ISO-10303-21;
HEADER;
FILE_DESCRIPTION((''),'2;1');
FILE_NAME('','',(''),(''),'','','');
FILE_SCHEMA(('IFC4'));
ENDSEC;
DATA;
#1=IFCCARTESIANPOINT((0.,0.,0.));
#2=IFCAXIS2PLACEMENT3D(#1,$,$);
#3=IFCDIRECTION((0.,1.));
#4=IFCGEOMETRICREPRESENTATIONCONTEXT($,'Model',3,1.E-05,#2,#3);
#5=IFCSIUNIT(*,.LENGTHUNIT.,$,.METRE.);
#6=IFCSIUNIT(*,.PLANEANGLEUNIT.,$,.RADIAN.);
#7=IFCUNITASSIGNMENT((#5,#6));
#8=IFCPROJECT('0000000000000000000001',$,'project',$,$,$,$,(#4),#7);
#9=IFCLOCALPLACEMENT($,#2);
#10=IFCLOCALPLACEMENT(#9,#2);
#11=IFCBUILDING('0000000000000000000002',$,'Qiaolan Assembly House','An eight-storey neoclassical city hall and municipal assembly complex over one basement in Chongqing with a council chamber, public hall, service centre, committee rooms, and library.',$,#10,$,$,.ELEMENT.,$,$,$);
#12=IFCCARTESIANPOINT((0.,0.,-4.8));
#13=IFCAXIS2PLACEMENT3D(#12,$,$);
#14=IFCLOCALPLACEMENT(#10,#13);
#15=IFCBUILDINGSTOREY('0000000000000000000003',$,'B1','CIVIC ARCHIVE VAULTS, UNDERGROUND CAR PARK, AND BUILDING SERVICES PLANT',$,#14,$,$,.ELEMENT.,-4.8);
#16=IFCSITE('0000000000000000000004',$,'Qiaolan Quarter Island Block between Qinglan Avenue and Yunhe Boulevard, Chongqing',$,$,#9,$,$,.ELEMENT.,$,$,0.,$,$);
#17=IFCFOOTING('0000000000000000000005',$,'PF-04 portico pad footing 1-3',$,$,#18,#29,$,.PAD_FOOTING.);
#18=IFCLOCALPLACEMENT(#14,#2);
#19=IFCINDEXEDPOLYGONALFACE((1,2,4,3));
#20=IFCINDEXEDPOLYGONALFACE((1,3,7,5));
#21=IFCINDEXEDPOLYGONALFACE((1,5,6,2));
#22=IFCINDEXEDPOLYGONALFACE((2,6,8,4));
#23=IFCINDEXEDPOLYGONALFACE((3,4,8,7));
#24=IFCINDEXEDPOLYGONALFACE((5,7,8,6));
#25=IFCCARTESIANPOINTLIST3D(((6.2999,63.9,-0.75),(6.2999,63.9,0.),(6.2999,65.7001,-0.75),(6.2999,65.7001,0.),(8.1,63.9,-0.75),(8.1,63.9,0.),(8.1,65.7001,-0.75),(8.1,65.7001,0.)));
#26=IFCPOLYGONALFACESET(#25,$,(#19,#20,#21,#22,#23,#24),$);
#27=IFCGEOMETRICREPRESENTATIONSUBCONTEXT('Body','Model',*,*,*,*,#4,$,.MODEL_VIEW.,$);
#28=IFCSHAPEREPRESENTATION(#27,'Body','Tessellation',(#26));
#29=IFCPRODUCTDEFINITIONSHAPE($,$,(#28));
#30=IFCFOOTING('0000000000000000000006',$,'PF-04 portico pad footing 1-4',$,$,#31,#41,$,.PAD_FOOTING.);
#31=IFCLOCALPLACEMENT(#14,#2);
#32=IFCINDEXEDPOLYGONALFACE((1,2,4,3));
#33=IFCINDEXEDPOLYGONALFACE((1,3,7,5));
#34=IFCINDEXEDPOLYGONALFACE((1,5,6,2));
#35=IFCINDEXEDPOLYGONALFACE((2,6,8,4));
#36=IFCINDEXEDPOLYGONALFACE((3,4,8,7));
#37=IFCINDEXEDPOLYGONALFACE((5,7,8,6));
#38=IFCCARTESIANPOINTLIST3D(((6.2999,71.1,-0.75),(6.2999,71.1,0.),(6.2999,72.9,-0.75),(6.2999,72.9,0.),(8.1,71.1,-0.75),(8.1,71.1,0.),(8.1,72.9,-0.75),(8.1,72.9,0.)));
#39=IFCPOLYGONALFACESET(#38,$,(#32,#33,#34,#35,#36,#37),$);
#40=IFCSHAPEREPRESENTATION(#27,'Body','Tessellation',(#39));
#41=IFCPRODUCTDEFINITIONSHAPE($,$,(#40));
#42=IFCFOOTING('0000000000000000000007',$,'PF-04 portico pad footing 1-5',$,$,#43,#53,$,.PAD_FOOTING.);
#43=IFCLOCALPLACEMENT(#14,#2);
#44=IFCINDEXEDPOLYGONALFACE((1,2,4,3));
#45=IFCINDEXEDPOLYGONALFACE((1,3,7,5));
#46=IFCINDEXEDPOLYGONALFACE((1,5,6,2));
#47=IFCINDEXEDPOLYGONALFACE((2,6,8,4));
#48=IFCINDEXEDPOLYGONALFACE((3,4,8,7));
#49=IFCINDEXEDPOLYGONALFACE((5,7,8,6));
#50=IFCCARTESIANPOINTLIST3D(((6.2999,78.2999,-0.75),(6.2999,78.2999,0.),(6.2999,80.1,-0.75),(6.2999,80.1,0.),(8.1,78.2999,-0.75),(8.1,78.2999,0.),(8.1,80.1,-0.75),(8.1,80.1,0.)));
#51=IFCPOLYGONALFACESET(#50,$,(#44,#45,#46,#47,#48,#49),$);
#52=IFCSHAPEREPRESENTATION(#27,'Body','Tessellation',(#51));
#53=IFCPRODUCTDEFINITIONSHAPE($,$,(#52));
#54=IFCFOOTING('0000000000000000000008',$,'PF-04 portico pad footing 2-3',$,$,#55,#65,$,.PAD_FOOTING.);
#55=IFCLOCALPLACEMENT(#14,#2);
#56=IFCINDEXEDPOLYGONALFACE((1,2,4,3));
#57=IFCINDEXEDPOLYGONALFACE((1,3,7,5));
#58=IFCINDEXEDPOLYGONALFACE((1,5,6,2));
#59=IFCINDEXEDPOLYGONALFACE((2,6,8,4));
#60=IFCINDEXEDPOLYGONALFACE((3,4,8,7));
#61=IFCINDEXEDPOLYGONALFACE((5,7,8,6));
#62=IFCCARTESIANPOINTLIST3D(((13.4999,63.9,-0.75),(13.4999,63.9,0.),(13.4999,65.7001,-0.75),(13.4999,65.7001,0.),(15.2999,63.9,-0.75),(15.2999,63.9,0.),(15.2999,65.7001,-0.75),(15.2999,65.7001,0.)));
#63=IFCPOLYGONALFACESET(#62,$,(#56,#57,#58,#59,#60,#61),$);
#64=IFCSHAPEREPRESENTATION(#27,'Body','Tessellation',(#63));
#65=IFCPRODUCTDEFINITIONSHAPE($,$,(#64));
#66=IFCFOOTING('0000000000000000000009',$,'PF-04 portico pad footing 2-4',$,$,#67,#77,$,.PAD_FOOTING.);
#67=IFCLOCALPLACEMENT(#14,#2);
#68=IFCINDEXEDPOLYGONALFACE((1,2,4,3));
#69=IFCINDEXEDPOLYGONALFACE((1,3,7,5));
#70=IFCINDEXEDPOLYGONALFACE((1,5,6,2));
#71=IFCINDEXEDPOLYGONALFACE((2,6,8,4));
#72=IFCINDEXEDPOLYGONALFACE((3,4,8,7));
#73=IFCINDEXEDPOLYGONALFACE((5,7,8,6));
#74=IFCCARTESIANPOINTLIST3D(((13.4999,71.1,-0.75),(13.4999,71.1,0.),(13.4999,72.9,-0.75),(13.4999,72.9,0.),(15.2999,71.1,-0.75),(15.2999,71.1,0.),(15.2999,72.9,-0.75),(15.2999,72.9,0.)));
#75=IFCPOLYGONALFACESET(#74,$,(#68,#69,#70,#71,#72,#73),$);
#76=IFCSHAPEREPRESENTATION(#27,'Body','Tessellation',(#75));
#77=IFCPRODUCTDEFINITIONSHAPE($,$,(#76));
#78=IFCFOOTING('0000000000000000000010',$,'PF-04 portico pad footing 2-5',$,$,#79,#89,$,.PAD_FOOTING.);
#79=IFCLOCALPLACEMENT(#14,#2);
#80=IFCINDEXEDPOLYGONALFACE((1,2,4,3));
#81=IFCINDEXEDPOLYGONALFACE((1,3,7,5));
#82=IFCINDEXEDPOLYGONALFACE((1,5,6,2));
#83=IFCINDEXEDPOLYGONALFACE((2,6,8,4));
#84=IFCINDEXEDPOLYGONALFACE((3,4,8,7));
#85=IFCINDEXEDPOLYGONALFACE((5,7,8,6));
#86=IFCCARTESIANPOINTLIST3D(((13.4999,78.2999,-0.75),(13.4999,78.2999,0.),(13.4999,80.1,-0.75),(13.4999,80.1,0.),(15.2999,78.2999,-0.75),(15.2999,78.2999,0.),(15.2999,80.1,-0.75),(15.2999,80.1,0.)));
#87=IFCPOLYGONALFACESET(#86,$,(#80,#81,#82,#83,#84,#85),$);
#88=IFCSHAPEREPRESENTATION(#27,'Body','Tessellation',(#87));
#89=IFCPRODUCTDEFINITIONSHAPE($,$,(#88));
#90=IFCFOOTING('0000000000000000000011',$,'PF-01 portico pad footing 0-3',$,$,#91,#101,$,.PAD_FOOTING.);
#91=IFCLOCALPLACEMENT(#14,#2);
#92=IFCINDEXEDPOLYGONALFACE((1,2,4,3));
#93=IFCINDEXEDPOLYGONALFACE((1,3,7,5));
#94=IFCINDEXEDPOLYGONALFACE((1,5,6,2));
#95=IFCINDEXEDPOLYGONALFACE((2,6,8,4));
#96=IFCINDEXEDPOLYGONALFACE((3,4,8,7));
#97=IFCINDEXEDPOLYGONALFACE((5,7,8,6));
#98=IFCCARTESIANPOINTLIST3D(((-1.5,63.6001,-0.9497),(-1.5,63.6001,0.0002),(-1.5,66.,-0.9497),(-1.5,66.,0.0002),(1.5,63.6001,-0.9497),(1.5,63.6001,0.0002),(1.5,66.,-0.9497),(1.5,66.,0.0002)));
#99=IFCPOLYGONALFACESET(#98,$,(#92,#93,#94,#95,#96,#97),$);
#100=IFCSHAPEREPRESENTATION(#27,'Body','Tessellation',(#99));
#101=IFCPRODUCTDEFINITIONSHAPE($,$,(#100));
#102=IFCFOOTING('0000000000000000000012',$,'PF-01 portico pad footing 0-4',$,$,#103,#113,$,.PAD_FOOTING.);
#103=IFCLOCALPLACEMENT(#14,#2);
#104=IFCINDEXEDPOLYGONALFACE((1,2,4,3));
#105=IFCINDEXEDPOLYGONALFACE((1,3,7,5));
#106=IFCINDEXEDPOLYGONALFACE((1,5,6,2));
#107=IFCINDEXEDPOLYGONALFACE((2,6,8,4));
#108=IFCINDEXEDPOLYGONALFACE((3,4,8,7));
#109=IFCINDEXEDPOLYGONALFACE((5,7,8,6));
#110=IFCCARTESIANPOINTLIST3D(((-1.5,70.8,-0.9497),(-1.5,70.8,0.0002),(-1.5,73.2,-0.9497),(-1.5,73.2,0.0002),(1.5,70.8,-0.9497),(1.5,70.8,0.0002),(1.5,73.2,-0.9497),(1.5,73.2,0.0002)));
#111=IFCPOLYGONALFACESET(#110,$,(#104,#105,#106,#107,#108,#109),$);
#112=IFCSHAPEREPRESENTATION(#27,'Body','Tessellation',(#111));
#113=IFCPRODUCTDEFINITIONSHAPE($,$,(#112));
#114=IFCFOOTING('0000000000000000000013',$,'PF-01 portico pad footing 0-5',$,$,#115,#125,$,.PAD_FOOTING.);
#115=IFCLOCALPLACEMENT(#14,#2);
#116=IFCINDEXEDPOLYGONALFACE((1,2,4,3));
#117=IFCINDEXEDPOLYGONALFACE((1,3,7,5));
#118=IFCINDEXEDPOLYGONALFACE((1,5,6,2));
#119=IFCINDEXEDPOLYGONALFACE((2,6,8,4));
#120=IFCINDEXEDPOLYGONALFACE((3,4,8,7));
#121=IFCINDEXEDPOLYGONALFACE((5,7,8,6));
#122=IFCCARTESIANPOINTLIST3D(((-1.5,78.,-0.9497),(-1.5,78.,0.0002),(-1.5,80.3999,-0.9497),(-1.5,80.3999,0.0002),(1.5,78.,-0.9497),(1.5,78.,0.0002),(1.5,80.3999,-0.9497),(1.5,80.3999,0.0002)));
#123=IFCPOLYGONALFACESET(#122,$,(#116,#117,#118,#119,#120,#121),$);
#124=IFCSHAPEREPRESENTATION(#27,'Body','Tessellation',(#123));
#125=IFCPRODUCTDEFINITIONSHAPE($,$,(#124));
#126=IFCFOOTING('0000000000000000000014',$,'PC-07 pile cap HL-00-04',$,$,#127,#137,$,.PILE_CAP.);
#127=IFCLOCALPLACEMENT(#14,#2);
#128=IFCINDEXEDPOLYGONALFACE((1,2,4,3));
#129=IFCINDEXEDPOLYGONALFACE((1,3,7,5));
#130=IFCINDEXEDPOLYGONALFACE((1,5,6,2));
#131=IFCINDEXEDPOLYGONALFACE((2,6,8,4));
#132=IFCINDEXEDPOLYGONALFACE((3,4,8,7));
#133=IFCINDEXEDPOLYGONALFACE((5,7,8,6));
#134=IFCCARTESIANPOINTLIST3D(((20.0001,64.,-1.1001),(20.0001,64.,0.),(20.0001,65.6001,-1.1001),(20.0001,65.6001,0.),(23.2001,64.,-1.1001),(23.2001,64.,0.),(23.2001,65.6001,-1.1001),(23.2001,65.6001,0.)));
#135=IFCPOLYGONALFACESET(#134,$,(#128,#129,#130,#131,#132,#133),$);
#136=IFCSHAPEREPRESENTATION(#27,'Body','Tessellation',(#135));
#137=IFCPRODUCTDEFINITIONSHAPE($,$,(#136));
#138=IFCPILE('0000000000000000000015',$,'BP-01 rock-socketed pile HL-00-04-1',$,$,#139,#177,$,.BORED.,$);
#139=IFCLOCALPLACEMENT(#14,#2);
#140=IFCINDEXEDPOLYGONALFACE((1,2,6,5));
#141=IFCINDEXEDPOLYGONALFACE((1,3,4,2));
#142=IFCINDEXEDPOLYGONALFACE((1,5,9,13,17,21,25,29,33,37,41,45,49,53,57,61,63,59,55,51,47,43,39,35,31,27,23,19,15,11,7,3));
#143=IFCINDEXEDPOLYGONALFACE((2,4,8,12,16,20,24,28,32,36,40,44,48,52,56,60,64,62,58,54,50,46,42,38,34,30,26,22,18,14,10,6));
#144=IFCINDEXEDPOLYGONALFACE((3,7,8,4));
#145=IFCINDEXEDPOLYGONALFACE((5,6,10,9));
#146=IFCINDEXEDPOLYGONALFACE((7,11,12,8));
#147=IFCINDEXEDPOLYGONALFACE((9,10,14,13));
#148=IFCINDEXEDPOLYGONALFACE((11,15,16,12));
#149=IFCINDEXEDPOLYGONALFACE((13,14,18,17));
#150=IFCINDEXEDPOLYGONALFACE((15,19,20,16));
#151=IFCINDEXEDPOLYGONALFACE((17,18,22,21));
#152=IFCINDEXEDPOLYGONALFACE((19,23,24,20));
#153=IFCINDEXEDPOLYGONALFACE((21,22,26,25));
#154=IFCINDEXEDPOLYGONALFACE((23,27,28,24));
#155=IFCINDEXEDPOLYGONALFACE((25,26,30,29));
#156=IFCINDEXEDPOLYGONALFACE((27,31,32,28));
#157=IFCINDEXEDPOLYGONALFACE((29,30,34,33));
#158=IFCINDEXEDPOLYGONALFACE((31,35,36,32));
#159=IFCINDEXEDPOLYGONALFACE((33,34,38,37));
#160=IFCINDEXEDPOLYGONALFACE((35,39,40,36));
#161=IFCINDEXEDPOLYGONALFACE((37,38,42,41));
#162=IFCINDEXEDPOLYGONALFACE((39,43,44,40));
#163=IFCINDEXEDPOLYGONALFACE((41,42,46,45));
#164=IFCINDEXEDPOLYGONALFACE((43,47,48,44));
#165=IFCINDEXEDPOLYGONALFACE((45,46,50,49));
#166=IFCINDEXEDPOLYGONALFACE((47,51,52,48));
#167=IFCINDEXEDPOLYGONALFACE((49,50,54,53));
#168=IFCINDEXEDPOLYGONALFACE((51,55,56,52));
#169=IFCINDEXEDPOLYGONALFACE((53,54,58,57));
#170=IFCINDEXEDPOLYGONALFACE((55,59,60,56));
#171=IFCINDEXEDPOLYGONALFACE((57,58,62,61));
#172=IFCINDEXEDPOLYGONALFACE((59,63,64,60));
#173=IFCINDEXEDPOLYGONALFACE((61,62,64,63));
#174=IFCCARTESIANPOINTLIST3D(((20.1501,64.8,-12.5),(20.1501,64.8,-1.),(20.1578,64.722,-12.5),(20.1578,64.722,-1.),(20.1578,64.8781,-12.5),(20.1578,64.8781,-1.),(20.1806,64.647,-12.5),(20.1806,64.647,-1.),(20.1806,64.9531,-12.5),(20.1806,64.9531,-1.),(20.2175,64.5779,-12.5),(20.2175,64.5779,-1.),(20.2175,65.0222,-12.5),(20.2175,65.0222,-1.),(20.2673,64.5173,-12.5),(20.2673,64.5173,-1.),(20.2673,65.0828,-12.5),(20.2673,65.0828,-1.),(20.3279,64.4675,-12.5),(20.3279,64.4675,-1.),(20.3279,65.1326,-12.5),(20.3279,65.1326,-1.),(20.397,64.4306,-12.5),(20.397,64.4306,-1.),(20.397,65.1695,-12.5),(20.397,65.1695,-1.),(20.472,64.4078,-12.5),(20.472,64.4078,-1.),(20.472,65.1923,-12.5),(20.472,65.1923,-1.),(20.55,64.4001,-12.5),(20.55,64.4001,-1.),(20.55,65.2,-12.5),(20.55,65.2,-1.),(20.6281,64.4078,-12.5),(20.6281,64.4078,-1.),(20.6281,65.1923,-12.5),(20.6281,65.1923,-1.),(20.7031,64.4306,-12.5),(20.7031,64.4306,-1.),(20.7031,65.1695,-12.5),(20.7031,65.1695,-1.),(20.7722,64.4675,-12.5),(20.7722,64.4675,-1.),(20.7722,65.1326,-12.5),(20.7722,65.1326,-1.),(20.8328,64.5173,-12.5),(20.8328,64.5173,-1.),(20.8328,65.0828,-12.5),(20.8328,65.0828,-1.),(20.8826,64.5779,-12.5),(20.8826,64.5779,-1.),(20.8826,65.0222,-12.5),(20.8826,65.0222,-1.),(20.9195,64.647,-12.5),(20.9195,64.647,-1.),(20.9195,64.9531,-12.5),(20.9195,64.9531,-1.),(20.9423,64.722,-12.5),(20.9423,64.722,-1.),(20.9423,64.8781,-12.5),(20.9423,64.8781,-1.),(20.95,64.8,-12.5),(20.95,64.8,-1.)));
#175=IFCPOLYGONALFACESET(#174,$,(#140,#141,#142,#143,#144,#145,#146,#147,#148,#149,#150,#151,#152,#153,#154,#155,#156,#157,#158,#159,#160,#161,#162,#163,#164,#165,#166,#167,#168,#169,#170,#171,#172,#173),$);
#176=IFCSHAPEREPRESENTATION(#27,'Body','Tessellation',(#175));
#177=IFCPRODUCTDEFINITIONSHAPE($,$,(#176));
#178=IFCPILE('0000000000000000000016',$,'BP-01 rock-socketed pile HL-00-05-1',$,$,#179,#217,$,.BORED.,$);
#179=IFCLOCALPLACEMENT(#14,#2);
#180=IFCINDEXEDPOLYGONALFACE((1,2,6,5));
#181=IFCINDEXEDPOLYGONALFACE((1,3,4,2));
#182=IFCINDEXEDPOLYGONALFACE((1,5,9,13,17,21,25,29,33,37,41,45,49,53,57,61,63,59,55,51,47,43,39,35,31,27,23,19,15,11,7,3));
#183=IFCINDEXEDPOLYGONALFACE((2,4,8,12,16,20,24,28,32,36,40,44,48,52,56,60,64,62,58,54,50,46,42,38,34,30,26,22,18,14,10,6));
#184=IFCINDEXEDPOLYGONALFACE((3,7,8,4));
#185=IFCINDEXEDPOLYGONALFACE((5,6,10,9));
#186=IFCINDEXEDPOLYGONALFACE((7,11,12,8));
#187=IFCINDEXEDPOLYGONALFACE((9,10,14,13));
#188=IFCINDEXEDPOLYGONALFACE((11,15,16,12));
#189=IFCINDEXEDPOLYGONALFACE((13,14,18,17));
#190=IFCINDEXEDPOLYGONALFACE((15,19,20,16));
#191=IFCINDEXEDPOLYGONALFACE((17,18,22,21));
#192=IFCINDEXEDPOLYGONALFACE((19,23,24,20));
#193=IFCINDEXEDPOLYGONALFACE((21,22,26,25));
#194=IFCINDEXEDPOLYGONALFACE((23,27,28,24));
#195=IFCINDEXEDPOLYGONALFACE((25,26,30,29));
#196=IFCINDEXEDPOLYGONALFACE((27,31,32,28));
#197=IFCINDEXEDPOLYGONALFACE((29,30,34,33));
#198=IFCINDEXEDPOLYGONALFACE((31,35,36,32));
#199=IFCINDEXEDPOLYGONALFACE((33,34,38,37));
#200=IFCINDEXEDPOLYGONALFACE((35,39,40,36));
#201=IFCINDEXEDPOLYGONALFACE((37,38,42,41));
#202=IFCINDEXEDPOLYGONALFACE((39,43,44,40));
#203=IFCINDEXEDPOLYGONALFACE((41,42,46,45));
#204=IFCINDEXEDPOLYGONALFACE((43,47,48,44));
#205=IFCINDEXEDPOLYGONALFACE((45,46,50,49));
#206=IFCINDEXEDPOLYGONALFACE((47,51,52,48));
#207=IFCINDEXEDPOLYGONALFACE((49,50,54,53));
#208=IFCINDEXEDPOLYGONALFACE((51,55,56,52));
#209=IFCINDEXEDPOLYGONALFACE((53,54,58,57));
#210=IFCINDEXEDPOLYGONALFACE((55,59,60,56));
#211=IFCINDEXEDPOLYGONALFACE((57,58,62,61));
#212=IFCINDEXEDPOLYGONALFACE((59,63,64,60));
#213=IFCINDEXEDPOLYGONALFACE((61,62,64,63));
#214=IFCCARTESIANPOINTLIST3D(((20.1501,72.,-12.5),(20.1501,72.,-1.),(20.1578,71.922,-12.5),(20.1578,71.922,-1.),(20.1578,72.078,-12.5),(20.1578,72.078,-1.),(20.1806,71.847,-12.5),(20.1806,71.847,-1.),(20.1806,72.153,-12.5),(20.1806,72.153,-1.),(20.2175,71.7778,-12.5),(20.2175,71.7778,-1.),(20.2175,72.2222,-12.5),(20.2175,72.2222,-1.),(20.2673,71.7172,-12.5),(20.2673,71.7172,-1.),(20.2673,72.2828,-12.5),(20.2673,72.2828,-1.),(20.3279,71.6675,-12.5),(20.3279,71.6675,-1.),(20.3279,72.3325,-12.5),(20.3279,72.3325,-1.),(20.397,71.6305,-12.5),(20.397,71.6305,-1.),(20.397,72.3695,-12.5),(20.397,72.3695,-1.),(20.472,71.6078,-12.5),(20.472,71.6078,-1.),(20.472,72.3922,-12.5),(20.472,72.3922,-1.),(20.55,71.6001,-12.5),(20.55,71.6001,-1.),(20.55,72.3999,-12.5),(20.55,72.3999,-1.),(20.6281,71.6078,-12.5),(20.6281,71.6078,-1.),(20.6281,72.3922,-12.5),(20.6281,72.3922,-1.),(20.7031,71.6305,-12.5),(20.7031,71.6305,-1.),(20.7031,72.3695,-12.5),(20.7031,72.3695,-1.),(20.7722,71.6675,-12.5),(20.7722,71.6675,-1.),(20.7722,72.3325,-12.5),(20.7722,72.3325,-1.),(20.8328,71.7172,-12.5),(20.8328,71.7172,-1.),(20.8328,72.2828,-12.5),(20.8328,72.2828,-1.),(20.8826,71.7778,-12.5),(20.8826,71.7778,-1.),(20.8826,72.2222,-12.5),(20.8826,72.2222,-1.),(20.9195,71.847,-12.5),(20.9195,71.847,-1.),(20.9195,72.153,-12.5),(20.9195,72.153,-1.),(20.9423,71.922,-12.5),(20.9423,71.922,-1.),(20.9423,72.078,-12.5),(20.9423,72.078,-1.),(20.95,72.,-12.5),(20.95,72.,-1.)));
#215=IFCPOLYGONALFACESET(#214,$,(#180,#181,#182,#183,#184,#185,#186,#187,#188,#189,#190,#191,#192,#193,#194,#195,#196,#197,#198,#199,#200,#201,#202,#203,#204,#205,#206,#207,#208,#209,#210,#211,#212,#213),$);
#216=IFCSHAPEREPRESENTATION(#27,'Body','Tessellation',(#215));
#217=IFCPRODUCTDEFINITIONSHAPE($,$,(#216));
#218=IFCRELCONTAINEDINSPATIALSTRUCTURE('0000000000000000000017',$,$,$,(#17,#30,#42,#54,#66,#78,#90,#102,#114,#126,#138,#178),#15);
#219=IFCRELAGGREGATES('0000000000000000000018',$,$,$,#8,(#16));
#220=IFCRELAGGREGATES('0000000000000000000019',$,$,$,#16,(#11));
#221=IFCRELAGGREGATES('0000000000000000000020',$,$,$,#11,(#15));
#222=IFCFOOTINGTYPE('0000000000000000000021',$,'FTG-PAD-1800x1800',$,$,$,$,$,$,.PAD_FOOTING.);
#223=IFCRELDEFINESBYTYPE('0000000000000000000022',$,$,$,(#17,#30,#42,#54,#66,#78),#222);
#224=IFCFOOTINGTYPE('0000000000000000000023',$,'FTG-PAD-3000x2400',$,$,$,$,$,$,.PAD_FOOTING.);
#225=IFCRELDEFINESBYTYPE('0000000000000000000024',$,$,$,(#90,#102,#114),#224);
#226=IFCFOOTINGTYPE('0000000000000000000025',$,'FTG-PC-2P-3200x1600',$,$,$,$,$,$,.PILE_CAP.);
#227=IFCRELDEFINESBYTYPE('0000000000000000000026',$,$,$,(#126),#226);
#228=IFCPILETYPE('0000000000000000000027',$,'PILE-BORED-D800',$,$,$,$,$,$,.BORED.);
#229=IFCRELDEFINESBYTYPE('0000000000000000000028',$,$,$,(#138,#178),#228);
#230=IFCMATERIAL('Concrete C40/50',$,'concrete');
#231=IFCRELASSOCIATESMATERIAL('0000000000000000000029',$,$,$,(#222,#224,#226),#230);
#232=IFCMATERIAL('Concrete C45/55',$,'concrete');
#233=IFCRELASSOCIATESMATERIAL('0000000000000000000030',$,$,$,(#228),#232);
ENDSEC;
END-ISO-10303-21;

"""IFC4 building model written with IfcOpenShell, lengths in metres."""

from ifc_helpers import new_model, si_unit, direction, frame, origin, origin_2d, place, context, subcontext, project, spatial, rectangle, circle, extrude, material, material_profile, profile_set, type_object, element, save


model = new_model("IFC4")

# Units and contexts
model_context = context("Model", 3, precision=1e-05, world=origin(), true_north=direction((0.0, 1.0)))
body_context = subcontext(model_context, "Body", "Model", "MODEL_VIEW")
ifc_project = project(units=[si_unit("LENGTHUNIT", "METRE"), si_unit("PLANEANGLEUNIT", "RADIAN")], contexts=[model_context])

# Site, building, storey
site_placement = place(None, origin())
site = spatial("IfcSite", under=ifc_project, at=site_placement, Name="Qiaolan Quarter Island Block between Qinglan Avenue and Yunhe Boulevard, Chongqing", CompositionType="ELEMENT", RefElevation=0.0)
building_placement = place(site_placement, origin())
building = spatial("IfcBuilding", under=site, at=building_placement, Name="Qiaolan Assembly House", Description="An eight-storey neoclassical city hall and municipal assembly complex over one basement in Chongqing with a council chamber, public hall, service centre, committee rooms, and library.", CompositionType="ELEMENT")
storey_placement = place(building_placement, frame((0.0, 0.0, -4.8)))
storey = spatial("IfcBuildingStorey", under=building, at=storey_placement, Name="B1", Description="CIVIC ARCHIVE VAULTS, UNDERGROUND CAR PARK, AND BUILDING SERVICES PLANT", CompositionType="ELEMENT", Elevation=-4.8)

# Footings
ifc_material_1 = material(Name="Concrete C40/50", Category="concrete")
footing_type_1 = type_object("IfcFootingType", Name="FTG-PAD-1800x1800", PredefinedType="PAD_FOOTING", material=ifc_material_1)
for number, where, z_axis, x_axis, name in (
    (1, (7.2, 64.8, -0.75), (0.0, 0.0, 1.0), (1.0, 0.0, 0.0), "PF-04 portico pad footing 1-3"),
    (2, (7.2, 72.0, -0.75), (0.0, 0.0, 1.0), (1.0, 0.0, 0.0), "PF-04 portico pad footing 1-4"),
    (3, (7.2, 79.2, -0.75), (0.0, 0.0, 1.0), (1.0, 0.0, 0.0), "PF-04 portico pad footing 1-5"),
    (4, (14.3999, 64.8, -0.75), (0.0, 0.0, 1.0), (1.0, 0.0, 0.0), "PF-04 portico pad footing 2-3"),
    (5, (14.3999, 72.0, -0.75), (0.0, 0.0, 1.0), (1.0, 0.0, 0.0), "PF-04 portico pad footing 2-4"),
    (6, (14.3999, 79.2, -0.75), (0.0, 0.0, 1.0), (1.0, 0.0, 0.0), "PF-04 portico pad footing 2-5"),
):
    element("IfcFooting", number, at=place(storey_placement, frame(where, z_axis=z_axis, x_axis=x_axis)), inside=storey, type_object=footing_type_1, Name=name, PredefinedType="PAD_FOOTING", context=body_context, shape_type="SweptSolid", body=[
        extrude(rectangle(XDim=1.8, YDim=1.8, at=origin_2d()), origin(), (0.0, 0.0, 1.0), 0.75),
    ])
footing_type_2 = type_object("IfcFootingType", Name="FTG-PAD-3000x2400", PredefinedType="PAD_FOOTING", material=ifc_material_1)
for number, where, z_axis, x_axis, name in (
    (7, (0.0, 64.8, -0.9497), (0.0, 0.0, 1.0), (1.0, 0.0, 0.0), "PF-01 portico pad footing 0-3"),
    (8, (0.0, 72.0, -0.9497), (0.0, 0.0, 1.0), (1.0, 0.0, 0.0), "PF-01 portico pad footing 0-4"),
    (9, (0.0, 79.2, -0.9497), (0.0, 0.0, 1.0), (1.0, 0.0, 0.0), "PF-01 portico pad footing 0-5"),
):
    element("IfcFooting", number, at=place(storey_placement, frame(where, z_axis=z_axis, x_axis=x_axis)), inside=storey, type_object=footing_type_2, Name=name, PredefinedType="PAD_FOOTING", context=body_context, shape_type="SweptSolid", body=[
        extrude(rectangle(XDim=3.0, YDim=2.3999, at=origin_2d()), origin(), (0.0, 0.0, 1.0), 0.95),
    ])
footing_type_3 = type_object("IfcFootingType", Name="FTG-PC-2P-3200x1600", PredefinedType="PILE_CAP", material=ifc_material_1)
footing_placement = place(storey_placement, frame((21.6001, 64.8, -1.1001), z_axis=(0.0, 0.0, 1.0), x_axis=(1.0, 0.0, 0.0)))
element("IfcFooting", 10, at=footing_placement, inside=storey, type_object=footing_type_3, Name="PC-07 pile cap HL-00-04", PredefinedType="PILE_CAP", context=body_context, shape_type="SweptSolid", body=[
    extrude(rectangle(XDim=3.2, YDim=1.6001, at=origin_2d()), origin(), (0.0, 0.0, 1.0), 1.1001),
])

# Piles
ifc_material_2 = material(Name="Concrete C45/55", Category="concrete")
ifc_material_profile_1 = material_profile(ifc_material_2, circle(Radius=0.3999, at=origin_2d()), Name="PILE D800")
ifc_profile_set_1 = profile_set([ifc_material_profile_1], Name="Concrete C45/55")
pile_type = type_object("IfcPileType", Name="PILE-BORED-D800", PredefinedType="BORED", material=ifc_profile_set_1)
for number, where, z_axis, x_axis, name in (
    (11, (20.55, 64.8, -1.0), (0.0, 0.0, -1.0), (1.0, 0.0, 0.0), "BP-01 rock-socketed pile HL-00-04-1"),
    (12, (20.55, 72.0, -1.0), (0.0, 0.0, -1.0), (1.0, 0.0, 0.0), "BP-01 rock-socketed pile HL-00-05-1"),
):
    element("IfcPile", number, at=place(storey_placement, frame(where, z_axis=z_axis, x_axis=x_axis)), inside=storey, type_object=pile_type, Name=name, PredefinedType="BORED", context=body_context, shape_type="SweptSolid", body=[
        extrude(circle(Radius=0.3999, at=origin_2d()), origin(), (0.0, 0.0, 1.0), 11.5),
    ])

save(model, "model.ifc")
